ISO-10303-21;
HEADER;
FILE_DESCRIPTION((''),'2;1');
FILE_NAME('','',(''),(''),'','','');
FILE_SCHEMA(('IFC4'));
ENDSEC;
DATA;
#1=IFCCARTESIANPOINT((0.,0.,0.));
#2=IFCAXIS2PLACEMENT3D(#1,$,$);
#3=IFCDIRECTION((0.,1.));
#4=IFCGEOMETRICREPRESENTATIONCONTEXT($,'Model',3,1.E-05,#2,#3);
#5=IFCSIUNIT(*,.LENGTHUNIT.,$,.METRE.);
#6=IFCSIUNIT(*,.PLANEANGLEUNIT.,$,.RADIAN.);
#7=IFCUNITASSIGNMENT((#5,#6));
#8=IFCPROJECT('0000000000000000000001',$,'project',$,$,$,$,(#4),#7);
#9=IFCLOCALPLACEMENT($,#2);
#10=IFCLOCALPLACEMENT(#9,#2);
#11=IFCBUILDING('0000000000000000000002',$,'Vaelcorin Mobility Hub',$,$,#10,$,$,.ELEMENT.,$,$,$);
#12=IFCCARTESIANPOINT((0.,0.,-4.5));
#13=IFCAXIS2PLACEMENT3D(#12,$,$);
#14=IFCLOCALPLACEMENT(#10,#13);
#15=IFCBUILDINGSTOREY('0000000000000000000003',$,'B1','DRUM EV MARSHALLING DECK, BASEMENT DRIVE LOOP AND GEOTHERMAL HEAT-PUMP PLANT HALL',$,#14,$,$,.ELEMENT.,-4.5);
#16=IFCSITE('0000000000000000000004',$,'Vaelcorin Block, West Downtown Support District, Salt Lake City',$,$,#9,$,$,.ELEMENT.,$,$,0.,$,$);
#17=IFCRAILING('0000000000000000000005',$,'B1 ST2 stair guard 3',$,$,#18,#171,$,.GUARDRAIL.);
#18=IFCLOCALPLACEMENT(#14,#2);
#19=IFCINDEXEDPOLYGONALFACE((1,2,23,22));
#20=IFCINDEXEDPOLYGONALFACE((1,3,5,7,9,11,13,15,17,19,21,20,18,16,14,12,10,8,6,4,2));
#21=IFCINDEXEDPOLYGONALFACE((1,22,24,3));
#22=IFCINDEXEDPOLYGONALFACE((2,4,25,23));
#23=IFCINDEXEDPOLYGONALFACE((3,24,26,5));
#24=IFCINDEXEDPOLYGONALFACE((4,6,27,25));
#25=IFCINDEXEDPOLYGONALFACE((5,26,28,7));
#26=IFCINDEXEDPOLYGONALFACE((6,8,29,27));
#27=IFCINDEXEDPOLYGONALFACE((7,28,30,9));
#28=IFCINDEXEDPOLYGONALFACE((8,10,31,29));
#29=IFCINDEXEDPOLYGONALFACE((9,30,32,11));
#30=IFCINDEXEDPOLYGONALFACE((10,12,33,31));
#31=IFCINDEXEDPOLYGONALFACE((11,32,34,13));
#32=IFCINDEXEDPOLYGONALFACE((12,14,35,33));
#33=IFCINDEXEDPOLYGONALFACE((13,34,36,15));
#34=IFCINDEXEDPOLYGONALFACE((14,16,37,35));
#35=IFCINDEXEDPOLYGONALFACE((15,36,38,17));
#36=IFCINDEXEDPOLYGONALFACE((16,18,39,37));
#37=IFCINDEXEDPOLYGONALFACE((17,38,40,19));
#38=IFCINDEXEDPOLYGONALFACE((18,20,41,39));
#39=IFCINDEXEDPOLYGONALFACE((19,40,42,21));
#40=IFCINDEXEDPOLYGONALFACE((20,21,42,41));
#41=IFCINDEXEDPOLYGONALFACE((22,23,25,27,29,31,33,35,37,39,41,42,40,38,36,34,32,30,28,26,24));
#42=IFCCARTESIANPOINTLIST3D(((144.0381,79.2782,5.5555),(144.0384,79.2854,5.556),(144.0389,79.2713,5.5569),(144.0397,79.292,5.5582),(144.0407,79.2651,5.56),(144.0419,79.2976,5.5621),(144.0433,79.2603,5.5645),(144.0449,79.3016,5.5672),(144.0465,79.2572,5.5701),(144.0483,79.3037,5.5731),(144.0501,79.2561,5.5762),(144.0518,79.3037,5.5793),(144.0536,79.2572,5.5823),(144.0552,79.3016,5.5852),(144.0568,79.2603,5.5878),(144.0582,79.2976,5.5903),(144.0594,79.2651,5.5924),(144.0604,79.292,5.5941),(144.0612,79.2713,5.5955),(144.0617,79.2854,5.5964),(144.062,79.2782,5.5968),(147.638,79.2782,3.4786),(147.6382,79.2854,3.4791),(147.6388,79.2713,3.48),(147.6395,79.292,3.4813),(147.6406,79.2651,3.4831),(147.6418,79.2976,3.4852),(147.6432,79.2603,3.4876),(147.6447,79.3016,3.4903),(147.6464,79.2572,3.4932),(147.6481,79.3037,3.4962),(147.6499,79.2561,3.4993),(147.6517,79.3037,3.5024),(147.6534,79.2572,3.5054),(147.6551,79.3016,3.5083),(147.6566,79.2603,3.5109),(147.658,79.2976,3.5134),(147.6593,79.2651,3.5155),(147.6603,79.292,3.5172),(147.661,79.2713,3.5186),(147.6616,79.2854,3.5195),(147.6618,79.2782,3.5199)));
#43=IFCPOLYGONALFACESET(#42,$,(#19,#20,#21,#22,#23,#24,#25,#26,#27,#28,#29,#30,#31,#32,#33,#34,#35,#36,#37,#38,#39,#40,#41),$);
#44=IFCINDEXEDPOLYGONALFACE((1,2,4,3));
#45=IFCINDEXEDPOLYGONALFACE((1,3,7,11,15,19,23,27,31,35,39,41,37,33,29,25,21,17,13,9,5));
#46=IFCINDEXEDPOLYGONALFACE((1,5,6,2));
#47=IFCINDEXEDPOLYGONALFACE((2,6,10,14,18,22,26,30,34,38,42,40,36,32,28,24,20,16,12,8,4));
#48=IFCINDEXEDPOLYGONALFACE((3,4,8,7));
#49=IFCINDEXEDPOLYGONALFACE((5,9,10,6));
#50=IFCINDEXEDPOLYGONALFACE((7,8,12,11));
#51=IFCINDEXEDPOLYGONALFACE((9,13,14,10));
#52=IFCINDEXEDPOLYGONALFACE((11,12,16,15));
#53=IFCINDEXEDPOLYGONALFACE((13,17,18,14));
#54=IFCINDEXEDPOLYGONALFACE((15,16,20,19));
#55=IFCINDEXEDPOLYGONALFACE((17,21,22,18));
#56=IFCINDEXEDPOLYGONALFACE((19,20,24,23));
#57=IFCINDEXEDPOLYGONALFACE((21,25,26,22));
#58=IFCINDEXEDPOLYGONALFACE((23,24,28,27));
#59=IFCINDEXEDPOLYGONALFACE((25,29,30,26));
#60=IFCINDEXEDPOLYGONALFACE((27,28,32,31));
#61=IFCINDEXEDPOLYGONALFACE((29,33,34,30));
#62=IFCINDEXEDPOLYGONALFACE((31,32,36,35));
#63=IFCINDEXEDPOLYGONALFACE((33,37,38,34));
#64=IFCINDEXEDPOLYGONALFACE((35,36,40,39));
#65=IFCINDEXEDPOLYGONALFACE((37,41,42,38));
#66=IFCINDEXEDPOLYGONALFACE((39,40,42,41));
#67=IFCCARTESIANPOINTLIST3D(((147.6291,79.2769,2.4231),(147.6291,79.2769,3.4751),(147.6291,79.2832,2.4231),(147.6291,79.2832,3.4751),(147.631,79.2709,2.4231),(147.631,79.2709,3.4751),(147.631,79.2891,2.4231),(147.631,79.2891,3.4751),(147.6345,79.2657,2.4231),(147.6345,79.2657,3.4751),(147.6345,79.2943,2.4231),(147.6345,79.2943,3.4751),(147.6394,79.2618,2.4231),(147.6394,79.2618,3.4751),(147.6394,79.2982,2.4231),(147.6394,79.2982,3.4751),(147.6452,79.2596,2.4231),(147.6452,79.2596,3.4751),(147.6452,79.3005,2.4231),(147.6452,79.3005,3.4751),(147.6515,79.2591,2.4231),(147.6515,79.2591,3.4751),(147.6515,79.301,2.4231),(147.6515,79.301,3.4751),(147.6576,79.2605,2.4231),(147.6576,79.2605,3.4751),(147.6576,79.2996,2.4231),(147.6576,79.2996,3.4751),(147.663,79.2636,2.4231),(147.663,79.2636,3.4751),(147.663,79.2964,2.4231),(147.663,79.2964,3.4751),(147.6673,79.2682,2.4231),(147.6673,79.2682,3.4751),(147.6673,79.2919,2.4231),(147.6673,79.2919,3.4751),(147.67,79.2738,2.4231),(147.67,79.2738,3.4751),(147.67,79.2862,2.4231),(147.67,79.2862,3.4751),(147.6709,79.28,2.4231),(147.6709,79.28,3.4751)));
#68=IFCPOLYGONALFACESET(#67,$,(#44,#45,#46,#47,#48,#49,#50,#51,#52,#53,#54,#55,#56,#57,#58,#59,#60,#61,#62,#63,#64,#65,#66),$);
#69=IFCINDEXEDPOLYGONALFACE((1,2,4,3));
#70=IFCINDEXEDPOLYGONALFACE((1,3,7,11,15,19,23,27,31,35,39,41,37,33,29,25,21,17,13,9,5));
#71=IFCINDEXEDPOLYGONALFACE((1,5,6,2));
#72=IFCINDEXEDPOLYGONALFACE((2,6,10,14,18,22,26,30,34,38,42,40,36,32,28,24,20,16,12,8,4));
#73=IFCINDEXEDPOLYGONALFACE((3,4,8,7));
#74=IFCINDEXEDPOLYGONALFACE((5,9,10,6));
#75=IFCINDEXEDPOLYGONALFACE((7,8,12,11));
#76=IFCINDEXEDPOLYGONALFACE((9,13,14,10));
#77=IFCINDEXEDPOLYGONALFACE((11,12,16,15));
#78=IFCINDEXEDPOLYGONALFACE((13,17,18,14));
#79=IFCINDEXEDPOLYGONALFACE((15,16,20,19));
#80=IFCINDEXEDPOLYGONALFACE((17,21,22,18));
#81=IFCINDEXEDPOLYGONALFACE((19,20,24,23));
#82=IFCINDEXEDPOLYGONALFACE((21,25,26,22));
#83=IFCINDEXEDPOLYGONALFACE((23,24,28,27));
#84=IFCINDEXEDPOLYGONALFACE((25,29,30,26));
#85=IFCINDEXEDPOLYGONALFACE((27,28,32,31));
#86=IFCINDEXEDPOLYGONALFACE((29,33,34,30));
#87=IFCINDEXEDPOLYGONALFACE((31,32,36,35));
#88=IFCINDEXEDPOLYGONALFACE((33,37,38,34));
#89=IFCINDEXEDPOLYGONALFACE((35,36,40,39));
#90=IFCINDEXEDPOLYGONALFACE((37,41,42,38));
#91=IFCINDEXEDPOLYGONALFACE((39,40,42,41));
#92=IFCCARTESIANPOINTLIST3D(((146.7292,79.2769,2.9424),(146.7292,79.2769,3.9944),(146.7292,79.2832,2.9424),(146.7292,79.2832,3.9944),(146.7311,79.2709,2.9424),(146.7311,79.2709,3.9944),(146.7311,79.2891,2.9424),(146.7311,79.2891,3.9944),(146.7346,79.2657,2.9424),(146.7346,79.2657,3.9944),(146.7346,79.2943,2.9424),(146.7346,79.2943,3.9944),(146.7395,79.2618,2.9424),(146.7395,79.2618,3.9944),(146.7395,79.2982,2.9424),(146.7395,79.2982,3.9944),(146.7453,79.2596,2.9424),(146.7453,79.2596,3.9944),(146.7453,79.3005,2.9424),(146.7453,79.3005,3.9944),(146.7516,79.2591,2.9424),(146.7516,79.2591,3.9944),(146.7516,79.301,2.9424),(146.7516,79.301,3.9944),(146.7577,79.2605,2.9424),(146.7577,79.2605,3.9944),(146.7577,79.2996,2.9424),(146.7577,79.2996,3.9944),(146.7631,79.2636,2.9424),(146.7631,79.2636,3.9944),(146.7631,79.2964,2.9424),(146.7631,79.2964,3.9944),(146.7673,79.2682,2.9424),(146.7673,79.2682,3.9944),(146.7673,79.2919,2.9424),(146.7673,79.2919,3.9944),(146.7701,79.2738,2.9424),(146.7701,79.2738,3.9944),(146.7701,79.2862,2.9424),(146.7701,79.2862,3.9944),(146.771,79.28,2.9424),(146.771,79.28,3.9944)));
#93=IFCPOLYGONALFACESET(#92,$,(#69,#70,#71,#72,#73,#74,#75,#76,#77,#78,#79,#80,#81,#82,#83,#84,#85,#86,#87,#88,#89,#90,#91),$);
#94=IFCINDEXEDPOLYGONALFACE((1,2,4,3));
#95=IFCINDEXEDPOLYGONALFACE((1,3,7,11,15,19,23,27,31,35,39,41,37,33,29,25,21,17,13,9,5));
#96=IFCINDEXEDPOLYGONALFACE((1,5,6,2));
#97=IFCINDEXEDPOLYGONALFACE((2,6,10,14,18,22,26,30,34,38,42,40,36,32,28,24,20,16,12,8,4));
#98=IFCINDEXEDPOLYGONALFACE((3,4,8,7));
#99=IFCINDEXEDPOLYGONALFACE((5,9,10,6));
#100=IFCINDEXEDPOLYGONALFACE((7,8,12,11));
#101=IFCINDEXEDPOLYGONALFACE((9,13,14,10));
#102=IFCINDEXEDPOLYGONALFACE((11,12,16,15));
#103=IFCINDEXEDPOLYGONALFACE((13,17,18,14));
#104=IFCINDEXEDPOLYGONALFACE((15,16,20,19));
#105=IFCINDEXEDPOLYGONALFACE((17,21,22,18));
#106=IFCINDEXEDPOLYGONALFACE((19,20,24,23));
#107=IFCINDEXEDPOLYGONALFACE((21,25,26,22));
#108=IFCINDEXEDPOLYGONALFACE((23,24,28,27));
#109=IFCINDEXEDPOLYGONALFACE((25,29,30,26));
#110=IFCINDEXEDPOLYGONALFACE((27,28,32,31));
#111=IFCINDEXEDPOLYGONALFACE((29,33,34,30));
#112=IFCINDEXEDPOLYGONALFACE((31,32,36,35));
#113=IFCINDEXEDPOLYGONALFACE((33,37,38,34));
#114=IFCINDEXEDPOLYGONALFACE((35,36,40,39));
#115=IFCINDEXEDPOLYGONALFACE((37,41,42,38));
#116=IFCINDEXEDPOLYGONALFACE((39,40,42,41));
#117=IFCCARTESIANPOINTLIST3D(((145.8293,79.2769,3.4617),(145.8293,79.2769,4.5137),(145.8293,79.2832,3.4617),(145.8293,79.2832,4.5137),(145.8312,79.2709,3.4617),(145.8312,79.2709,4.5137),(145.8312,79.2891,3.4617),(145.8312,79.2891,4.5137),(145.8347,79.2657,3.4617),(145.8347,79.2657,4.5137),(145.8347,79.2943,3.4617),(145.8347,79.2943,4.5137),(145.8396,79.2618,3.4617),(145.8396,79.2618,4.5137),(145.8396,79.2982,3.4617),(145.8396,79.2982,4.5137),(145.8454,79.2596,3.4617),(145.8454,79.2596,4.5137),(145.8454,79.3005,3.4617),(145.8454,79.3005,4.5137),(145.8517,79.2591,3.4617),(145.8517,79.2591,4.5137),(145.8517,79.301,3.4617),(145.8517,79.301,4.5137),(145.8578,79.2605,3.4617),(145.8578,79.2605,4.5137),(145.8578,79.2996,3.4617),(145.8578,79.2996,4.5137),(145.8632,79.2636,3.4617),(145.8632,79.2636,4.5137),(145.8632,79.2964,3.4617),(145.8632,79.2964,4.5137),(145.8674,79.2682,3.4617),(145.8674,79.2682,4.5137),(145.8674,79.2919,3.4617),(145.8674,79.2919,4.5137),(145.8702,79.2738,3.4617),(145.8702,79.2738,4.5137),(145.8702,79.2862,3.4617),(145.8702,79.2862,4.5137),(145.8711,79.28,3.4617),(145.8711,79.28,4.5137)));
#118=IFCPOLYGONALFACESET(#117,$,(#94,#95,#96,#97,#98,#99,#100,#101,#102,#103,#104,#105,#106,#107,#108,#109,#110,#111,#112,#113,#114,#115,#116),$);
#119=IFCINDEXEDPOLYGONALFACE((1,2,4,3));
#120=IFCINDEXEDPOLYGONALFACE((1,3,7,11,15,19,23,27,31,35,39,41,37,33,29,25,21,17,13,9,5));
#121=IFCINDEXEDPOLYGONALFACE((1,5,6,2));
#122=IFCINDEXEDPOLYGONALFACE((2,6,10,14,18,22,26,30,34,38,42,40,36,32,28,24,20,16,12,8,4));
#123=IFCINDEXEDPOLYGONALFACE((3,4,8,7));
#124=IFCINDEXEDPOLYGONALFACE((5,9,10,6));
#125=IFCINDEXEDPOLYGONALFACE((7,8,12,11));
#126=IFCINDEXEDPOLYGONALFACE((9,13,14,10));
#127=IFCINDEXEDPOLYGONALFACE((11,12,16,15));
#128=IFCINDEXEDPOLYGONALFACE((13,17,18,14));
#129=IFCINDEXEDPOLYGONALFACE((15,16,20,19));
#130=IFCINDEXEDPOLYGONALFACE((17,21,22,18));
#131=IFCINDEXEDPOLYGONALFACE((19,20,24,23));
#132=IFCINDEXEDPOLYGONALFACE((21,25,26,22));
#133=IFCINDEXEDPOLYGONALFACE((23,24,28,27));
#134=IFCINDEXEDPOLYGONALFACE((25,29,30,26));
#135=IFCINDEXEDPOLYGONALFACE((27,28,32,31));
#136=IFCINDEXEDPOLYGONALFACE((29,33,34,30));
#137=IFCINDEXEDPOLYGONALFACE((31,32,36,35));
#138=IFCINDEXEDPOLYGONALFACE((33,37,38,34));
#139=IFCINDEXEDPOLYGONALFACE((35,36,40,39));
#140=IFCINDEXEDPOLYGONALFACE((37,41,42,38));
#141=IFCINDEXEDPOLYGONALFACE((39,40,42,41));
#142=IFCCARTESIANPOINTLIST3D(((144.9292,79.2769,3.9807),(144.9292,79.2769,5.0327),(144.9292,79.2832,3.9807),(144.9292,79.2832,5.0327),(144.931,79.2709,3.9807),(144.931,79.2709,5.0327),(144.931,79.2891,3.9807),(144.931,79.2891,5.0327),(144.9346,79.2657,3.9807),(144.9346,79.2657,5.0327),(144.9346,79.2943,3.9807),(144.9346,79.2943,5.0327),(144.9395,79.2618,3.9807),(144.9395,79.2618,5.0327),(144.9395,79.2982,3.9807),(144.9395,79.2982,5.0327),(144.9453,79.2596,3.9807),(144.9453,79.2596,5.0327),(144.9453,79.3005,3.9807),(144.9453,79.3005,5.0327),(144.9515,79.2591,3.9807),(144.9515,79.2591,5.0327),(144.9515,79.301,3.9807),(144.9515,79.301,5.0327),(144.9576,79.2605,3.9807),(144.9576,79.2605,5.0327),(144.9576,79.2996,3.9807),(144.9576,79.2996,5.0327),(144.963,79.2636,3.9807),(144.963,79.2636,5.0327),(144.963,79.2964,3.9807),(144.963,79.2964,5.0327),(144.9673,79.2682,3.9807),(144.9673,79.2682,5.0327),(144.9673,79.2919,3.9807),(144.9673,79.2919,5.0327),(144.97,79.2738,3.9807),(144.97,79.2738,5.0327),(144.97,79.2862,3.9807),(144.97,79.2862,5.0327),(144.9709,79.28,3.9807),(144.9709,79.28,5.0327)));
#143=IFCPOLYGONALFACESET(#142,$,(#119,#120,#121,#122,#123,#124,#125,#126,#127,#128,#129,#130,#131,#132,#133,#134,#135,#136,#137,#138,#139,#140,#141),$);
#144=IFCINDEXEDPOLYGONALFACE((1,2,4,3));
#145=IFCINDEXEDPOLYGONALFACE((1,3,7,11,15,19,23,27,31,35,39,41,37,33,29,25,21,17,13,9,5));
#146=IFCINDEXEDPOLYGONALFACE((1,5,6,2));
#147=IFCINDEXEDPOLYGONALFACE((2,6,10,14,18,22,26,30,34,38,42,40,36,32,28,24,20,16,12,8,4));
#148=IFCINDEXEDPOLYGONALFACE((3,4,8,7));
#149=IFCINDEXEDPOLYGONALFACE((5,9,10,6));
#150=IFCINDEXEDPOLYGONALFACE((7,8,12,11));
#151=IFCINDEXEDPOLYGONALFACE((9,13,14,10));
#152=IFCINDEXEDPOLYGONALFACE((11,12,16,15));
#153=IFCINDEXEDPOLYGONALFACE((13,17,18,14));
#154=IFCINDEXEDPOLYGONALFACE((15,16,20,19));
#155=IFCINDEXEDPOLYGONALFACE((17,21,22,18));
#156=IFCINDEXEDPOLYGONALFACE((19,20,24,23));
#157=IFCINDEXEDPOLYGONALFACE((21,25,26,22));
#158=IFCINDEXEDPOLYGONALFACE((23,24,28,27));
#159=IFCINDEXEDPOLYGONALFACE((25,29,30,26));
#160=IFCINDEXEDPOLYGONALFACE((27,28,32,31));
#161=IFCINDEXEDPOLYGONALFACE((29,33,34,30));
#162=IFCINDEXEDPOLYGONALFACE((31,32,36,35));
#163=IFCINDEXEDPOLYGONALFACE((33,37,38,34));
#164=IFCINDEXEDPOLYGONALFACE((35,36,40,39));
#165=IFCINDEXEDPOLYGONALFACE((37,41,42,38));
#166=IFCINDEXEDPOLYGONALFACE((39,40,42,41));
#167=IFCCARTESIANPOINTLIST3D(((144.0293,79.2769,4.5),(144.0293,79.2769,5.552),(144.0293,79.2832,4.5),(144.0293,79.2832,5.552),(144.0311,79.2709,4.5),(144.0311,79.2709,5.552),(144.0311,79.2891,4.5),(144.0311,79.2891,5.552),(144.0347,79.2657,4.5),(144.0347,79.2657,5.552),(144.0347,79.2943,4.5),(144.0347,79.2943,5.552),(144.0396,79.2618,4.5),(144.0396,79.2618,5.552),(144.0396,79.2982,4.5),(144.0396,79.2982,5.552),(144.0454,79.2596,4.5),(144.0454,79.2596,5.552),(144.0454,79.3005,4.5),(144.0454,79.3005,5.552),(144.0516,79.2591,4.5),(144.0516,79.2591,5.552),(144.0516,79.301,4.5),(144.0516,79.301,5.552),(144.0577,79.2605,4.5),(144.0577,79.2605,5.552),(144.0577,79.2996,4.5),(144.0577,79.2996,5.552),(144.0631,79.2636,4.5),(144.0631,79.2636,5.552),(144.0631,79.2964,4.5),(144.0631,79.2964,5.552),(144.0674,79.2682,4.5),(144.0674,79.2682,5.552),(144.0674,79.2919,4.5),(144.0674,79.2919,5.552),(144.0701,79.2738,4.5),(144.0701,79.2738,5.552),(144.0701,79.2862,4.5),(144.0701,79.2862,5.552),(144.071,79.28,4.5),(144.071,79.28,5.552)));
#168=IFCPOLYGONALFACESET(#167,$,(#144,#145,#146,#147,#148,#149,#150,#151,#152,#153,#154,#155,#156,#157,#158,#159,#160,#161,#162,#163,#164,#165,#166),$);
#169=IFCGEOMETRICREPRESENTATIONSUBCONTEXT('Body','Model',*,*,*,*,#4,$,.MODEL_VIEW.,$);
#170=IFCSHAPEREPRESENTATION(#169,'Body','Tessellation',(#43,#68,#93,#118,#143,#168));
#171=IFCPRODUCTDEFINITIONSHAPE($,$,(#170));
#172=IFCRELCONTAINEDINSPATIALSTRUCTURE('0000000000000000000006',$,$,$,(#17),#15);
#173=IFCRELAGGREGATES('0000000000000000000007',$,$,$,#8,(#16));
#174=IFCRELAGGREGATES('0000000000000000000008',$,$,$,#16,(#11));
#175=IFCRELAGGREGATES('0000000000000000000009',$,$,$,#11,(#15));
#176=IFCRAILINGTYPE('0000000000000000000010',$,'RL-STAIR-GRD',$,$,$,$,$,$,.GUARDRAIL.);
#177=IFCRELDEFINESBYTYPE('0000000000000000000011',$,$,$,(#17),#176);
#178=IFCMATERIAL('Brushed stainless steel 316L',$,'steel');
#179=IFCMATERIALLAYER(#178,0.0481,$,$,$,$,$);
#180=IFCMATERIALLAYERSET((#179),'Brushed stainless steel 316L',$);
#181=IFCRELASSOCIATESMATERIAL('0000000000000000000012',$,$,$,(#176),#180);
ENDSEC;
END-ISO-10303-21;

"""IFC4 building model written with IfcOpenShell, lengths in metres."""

from ifc_helpers import new_model, si_unit, direction, frame, origin, origin_2d, place, context, subcontext, project, spatial, circle, extrude, material, layer, layer_set, type_object, element, save


model = new_model("IFC4")

# Units and contexts
model_context = context("Model", 3, precision=1e-05, world=origin(), true_north=direction((0.0, 1.0)))
body_context = subcontext(model_context, "Body", "Model", "MODEL_VIEW")
ifc_project = project(units=[si_unit("LENGTHUNIT", "METRE"), si_unit("PLANEANGLEUNIT", "RADIAN")], contexts=[model_context])

# Site, building, storey
site_placement = place(None, origin())
site = spatial("IfcSite", under=ifc_project, at=site_placement, Name="Vaelcorin Block, West Downtown Support District, Salt Lake City", CompositionType="ELEMENT", RefElevation=0.0)
building_placement = place(site_placement, origin())
building = spatial("IfcBuilding", under=site, at=building_placement, Name="Vaelcorin Mobility Hub", CompositionType="ELEMENT")
storey_placement = place(building_placement, frame((0.0, 0.0, -4.5)))
storey = spatial("IfcBuildingStorey", under=building, at=storey_placement, Name="B1", Description="DRUM EV MARSHALLING DECK, BASEMENT DRIVE LOOP AND GEOTHERMAL HEAT-PUMP PLANT HALL", CompositionType="ELEMENT", Elevation=-4.5)

# Railing
ifc_material_1 = material(Name="Brushed stainless steel 316L", Category="steel")
ifc_layer_1 = layer(ifc_material_1, 0.0481)
ifc_layer_set_1 = layer_set([ifc_layer_1], Name="Brushed stainless steel 316L")
railing_type_1 = type_object("IfcRailingType", Name="RL-STAIR-GRD", PredefinedType="GUARDRAIL", material=ifc_layer_set_1)
railing_1_placement = place(storey_placement, frame((147.6499, 79.28, 2.4231)))
element("IfcRailing", 1, at=railing_1_placement, inside=storey, type_object=railing_type_1, Name="B1 ST2 stair guard 3", PredefinedType="GUARDRAIL", context=body_context, shape_type="SweptSolid", body=[
    extrude(circle(Radius=0.0239, at=origin_2d()), frame((0.0, 0.0, 1.0762), z_axis=(-0.866179, 0.0, 0.499734), x_axis=(0.0, -1.0, 0.0)), (0.0, 0.0, 1.0), 4.156),
    extrude(circle(Radius=0.021, at=origin_2d()), origin(), (0.0, 0.0, 1.0), 1.052),
    extrude(circle(Radius=0.021, at=origin_2d()), frame((-0.8999, 0.0, 0.5193)), (0.0, 0.0, 1.0), 1.052),
    extrude(circle(Radius=0.021, at=origin_2d()), frame((-1.7998, 0.0, 1.0386)), (0.0, 0.0, 1.0), 1.052),
    extrude(circle(Radius=0.021, at=origin_2d()), frame((-2.7, 0.0, 1.5576)), (0.0, 0.0, 1.0), 1.052),
    extrude(circle(Radius=0.021, at=origin_2d()), frame((-3.5999, 0.0, 2.0769)), (0.0, 0.0, 1.0), 1.052),
])

save(model, "model.ifc")
